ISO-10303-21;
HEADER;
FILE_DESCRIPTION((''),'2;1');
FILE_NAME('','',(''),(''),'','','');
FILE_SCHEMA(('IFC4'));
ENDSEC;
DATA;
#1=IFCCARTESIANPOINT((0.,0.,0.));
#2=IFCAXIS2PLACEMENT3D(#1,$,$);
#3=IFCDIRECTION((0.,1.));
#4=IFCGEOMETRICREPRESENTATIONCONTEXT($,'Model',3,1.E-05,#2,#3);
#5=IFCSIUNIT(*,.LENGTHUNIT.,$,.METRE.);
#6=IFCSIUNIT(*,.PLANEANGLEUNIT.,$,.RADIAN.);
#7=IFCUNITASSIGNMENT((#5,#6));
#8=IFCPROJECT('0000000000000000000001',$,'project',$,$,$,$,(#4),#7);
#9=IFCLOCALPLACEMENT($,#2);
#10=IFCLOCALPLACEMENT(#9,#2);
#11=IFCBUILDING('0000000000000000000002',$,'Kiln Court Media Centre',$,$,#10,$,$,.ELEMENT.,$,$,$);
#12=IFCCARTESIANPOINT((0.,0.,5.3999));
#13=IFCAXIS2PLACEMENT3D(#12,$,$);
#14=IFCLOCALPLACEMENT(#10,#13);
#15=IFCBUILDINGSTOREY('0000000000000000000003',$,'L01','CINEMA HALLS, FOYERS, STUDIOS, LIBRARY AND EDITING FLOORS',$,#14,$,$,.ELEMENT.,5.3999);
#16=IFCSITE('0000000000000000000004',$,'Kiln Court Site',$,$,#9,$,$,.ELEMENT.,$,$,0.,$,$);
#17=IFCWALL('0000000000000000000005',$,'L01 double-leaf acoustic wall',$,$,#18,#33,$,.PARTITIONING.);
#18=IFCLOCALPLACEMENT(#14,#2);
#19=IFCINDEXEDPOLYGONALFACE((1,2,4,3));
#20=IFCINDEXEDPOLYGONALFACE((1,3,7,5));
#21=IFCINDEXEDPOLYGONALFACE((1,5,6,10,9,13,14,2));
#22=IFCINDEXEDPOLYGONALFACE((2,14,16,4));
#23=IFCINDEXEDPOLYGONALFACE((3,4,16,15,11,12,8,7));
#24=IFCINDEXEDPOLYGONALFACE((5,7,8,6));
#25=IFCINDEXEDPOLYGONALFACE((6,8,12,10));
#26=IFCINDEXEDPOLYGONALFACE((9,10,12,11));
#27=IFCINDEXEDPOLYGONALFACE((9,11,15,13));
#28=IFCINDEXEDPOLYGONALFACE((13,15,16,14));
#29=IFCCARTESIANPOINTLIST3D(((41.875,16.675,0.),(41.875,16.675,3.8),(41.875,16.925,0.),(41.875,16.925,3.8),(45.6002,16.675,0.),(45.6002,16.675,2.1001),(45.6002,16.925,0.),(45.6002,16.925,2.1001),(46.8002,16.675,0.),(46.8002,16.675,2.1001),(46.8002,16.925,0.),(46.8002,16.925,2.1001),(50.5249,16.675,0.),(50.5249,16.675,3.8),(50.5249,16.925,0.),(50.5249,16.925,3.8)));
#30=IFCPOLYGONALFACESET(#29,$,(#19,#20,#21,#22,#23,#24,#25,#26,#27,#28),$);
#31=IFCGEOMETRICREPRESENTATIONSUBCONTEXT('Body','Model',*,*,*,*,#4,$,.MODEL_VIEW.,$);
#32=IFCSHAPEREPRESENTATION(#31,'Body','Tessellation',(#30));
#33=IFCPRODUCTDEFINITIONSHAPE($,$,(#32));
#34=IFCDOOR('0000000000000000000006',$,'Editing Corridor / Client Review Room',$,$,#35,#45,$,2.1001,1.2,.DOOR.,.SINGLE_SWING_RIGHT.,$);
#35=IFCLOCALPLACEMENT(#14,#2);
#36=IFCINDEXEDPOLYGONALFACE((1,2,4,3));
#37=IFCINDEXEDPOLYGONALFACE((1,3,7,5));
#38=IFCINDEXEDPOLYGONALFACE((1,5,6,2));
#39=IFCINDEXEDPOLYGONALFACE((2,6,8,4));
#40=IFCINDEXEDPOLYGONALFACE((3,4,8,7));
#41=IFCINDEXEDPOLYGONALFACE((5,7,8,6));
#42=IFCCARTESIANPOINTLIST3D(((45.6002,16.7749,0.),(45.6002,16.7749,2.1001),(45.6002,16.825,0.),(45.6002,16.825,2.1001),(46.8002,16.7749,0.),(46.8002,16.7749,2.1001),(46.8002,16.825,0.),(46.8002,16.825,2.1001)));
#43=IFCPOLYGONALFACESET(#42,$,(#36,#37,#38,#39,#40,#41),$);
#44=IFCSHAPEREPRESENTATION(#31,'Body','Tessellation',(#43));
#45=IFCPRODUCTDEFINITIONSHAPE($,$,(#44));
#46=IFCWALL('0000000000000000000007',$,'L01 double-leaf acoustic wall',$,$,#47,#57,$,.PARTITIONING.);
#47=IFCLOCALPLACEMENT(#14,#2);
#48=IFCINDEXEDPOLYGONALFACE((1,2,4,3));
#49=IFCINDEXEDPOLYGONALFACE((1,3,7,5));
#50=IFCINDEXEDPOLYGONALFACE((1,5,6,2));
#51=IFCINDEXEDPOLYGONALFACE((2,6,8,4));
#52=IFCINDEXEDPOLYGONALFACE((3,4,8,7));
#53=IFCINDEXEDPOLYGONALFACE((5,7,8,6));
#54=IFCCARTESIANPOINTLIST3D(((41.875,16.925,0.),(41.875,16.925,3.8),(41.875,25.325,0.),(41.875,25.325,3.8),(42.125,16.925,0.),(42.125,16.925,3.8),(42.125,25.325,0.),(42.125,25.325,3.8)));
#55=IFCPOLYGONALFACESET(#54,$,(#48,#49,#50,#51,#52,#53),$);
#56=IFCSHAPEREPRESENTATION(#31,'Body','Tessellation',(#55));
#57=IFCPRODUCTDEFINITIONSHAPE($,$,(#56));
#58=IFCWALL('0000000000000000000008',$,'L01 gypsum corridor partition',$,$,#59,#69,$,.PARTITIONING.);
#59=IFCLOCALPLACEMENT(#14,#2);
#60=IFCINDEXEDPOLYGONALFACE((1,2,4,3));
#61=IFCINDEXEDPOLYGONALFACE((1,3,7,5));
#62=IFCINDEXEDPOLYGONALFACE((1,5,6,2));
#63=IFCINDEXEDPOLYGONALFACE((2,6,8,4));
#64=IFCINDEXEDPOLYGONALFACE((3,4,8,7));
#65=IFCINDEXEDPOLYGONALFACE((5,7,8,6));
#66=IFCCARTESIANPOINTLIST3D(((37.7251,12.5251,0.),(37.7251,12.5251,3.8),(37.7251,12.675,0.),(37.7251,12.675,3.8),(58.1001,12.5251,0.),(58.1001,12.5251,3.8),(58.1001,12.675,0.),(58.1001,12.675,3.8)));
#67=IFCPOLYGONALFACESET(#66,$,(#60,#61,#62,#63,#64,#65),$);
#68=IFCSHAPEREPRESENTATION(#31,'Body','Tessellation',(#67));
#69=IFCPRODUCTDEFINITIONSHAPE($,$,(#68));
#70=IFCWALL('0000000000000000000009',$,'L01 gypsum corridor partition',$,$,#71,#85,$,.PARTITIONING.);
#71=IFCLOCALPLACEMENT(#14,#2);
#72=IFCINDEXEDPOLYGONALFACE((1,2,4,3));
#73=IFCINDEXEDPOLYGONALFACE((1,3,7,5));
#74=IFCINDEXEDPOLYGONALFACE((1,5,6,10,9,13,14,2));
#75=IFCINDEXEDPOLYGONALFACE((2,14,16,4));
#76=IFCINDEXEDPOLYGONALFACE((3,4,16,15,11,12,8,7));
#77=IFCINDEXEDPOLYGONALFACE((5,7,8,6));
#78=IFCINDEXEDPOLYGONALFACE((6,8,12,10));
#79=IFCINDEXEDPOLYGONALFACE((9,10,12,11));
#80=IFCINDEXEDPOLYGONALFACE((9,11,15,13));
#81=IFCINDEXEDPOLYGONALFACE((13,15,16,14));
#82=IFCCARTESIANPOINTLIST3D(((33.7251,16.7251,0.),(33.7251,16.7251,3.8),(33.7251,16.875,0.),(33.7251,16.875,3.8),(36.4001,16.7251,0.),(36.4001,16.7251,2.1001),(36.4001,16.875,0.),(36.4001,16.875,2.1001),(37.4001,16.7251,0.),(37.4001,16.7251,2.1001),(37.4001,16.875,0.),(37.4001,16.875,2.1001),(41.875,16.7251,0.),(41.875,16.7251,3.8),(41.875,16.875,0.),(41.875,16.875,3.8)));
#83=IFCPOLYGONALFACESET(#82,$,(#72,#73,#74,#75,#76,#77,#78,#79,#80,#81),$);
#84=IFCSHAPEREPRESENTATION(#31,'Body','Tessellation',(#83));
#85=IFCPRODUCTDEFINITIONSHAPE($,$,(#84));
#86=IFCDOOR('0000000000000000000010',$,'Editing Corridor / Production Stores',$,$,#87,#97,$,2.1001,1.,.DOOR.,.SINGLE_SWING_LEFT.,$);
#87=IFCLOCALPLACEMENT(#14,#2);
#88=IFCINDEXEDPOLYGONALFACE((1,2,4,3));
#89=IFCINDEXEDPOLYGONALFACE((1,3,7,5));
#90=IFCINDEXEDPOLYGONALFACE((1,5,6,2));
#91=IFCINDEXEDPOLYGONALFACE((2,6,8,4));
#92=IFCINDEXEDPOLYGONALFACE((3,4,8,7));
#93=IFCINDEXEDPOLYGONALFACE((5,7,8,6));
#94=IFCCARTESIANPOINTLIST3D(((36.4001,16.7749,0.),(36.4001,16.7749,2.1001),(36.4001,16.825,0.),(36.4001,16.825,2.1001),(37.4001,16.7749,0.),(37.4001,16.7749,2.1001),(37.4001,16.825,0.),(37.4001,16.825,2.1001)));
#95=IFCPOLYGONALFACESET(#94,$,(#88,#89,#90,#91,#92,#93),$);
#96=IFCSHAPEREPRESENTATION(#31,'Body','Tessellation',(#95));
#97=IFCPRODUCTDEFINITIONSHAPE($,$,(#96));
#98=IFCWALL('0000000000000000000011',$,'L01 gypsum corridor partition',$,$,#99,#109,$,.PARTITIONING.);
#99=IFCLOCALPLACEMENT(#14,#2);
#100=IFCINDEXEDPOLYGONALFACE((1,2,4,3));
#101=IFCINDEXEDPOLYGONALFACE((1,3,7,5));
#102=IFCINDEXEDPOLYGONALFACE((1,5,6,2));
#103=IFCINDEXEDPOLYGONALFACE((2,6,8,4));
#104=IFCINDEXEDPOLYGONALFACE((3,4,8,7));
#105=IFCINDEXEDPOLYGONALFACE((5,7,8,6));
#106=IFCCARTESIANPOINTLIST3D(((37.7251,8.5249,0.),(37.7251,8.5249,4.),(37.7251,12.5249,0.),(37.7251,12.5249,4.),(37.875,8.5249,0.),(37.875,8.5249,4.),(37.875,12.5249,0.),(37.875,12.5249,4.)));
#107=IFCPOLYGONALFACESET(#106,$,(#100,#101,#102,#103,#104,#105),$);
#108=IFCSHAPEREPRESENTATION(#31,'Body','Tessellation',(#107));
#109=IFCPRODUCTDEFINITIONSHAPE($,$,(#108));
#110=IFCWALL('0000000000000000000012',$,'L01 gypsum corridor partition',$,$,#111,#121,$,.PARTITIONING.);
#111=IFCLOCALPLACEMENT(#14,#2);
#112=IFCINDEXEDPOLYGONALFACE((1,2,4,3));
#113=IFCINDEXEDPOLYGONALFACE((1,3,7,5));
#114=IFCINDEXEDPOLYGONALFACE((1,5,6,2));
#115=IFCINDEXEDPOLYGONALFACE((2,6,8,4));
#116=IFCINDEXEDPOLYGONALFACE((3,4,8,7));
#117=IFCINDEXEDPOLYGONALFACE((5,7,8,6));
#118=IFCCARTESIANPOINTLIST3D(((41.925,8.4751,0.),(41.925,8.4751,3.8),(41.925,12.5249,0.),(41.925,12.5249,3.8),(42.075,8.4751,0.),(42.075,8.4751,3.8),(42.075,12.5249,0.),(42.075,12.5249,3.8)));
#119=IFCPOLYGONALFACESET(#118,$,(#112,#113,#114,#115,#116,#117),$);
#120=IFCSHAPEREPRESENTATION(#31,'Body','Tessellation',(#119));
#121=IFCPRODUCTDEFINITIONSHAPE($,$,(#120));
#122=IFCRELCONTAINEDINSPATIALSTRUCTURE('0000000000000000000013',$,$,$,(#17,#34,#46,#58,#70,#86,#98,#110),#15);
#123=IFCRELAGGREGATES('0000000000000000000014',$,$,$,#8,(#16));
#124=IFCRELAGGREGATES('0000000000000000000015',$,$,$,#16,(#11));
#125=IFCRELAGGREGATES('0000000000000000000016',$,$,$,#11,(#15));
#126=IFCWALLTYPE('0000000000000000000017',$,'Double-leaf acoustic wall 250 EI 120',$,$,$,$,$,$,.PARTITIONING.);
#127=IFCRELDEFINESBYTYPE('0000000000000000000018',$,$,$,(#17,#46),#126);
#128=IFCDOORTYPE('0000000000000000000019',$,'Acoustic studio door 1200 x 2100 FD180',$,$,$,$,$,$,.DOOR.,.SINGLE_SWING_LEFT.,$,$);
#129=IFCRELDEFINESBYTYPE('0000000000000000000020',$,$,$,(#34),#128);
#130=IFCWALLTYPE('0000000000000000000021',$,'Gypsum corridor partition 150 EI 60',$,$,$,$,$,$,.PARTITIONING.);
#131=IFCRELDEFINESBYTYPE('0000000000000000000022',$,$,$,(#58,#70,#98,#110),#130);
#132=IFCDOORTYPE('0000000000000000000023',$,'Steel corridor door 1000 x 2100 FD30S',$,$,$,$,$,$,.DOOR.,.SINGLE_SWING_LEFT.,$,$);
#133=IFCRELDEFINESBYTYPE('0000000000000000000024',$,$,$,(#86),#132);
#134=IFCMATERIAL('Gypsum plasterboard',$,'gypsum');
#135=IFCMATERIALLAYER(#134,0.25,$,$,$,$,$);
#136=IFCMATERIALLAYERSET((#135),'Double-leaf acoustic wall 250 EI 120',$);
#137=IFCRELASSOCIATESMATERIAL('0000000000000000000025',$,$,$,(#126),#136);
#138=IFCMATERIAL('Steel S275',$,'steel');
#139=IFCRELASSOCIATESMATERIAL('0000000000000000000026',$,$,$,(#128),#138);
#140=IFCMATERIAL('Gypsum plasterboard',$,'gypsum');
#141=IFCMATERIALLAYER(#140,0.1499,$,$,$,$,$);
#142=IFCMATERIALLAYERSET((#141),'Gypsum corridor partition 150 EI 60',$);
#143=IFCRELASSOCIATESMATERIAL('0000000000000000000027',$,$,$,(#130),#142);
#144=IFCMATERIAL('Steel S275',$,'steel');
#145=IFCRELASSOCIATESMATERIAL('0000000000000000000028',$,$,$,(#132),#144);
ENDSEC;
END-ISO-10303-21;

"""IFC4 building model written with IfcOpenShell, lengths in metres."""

from ifc_helpers import new_model, si_unit, direction, frame, frame_2d, origin, place, context, subcontext, project, spatial, rectangle, extrude, material, layer, layer_set, type_object, element, fill, save


model = new_model("IFC4")

# Units and contexts
model_context = context("Model", 3, precision=1e-05, world=origin(), true_north=direction((0.0, 1.0)))
body_context = subcontext(model_context, "Body", "Model", "MODEL_VIEW")
ifc_project = project(units=[si_unit("LENGTHUNIT", "METRE"), si_unit("PLANEANGLEUNIT", "RADIAN")], contexts=[model_context])

# Site, building, storey
site_placement = place(None, origin())
site = spatial("IfcSite", under=ifc_project, at=site_placement, Name="Kiln Court Site", CompositionType="ELEMENT", RefElevation=0.0)
building_placement = place(site_placement, origin())
building = spatial("IfcBuilding", under=site, at=building_placement, Name="Kiln Court Media Centre", CompositionType="ELEMENT")
storey_placement = place(building_placement, frame((0.0, 0.0, 5.3999)))
storey = spatial("IfcBuildingStorey", under=building, at=storey_placement, Name="L01", Description="CINEMA HALLS, FOYERS, STUDIOS, LIBRARY AND EDITING FLOORS", CompositionType="ELEMENT", Elevation=5.3999)

# Wall, opening, door
ifc_material_1 = material(Name="Gypsum plasterboard", Category="gypsum")
ifc_layer_1 = layer(ifc_material_1, 0.25)
ifc_layer_set_1 = layer_set([ifc_layer_1], Name="Double-leaf acoustic wall 250 EI 120")
wall_type_1 = type_object("IfcWallType", Name="Double-leaf acoustic wall 250 EI 120", PredefinedType="PARTITIONING", material=ifc_layer_set_1)
wall_1_placement = place(storey_placement, frame((41.875, 16.8, 0.0), z_axis=(0.0, 0.0, 1.0), x_axis=(1.0, 0.0, 0.0)))
wall_1 = element("IfcWall", 1, at=wall_1_placement, inside=storey, type_object=wall_type_1, Name="L01 double-leaf acoustic wall", PredefinedType="PARTITIONING", context=body_context, shape_type="SweptSolid", body=[
    extrude(rectangle(XDim=8.6499, YDim=0.25, at=frame_2d((4.325, 0.0))), origin(), (0.0, 0.0, 1.0), 3.8),
])
opening_1_placement = place(wall_1_placement, frame((3.7251, 0.0, 0.0)))
opening_1 = element("IfcOpeningElement", 2, at=opening_1_placement, cuts=wall_1, PredefinedType="OPENING", context=body_context, shape_type="SweptSolid", body=[
    extrude(rectangle(XDim=1.2, YDim=2.1001, at=frame_2d((0.6001, 1.05))), frame((0.0, 0.135, 0.0), z_axis=(0.0, -1.0, 0.0), x_axis=(1.0, 0.0, 0.0)), (0.0, 0.0, 1.0), 0.27),
])
ifc_material_2 = material(Name="Steel S275", Category="steel")
door_type_1 = type_object("IfcDoorType", Name="Acoustic studio door 1200 x 2100 FD180", OperationType="SINGLE_SWING_LEFT", PredefinedType="DOOR", material=ifc_material_2)
door_1_placement = place(opening_1_placement, origin())
door_1 = element("IfcDoor", 3, at=door_1_placement, inside=storey, type_object=door_type_1, Name="Editing Corridor / Client Review Room", OperationType="SINGLE_SWING_RIGHT", OverallHeight=2.1001, OverallWidth=1.2, PredefinedType="DOOR", context=body_context, shape_type="SweptSolid", body=[
    extrude(rectangle(XDim=1.2, YDim=2.1001, at=frame_2d((0.6001, 1.05))), frame((0.0, 0.0249, 0.0), z_axis=(0.0, -1.0, 0.0), x_axis=(1.0, 0.0, 0.0)), (0.0, 0.0, 1.0), 0.05),
])
fill(opening_1, door_1)

# Walls
wall_2_placement = place(storey_placement, frame((42.0, 16.925, 0.0), z_axis=(0.0, 0.0, 1.0), x_axis=(0.0, 1.0, 0.0)))
element("IfcWall", 4, at=wall_2_placement, inside=storey, type_object=wall_type_1, Name="L01 double-leaf acoustic wall", PredefinedType="PARTITIONING", context=body_context, shape_type="SweptSolid", body=[
    extrude(rectangle(XDim=8.3999, YDim=0.25, at=frame_2d((4.2, 0.0))), origin(), (0.0, 0.0, 1.0), 3.8),
])
ifc_material_3 = material(Name="Gypsum plasterboard", Category="gypsum")
ifc_layer_2 = layer(ifc_material_3, 0.1499)
ifc_layer_set_2 = layer_set([ifc_layer_2], Name="Gypsum corridor partition 150 EI 60")
wall_type_2 = type_object("IfcWallType", Name="Gypsum corridor partition 150 EI 60", PredefinedType="PARTITIONING", material=ifc_layer_set_2)
wall_3_placement = place(storey_placement, frame((37.7251, 12.6001, 0.0), z_axis=(0.0, 0.0, 1.0), x_axis=(1.0, 0.0, 0.0)))
element("IfcWall", 5, at=wall_3_placement, inside=storey, type_object=wall_type_2, Name="L01 gypsum corridor partition", PredefinedType="PARTITIONING", context=body_context, shape_type="SweptSolid", body=[
    extrude(rectangle(XDim=20.375, YDim=0.1499, at=frame_2d((10.1875, 0.0))), origin(), (0.0, 0.0, 1.0), 3.8),
])

# Wall, opening, door
wall_4_placement = place(storey_placement, frame((33.7251, 16.8, 0.0), z_axis=(0.0, 0.0, 1.0), x_axis=(1.0, 0.0, 0.0)))
wall_4 = element("IfcWall", 6, at=wall_4_placement, inside=storey, type_object=wall_type_2, Name="L01 gypsum corridor partition", PredefinedType="PARTITIONING", context=body_context, shape_type="SweptSolid", body=[
    extrude(rectangle(XDim=8.1499, YDim=0.1499, at=frame_2d((4.075, 0.0))), origin(), (0.0, 0.0, 1.0), 3.8),
])
opening_2_placement = place(wall_4_placement, frame((2.675, 0.0, 0.0)))
opening_2 = element("IfcOpeningElement", 7, at=opening_2_placement, cuts=wall_4, PredefinedType="OPENING", context=body_context, shape_type="SweptSolid", body=[
    extrude(rectangle(XDim=1.0, YDim=2.1001, at=frame_2d((0.5, 1.05))), frame((0.0, 0.085, 0.0), z_axis=(0.0, -1.0, 0.0), x_axis=(1.0, 0.0, 0.0)), (0.0, 0.0, 1.0), 0.1699),
])
ifc_material_4 = material(Name="Steel S275", Category="steel")
door_type_2 = type_object("IfcDoorType", Name="Steel corridor door 1000 x 2100 FD30S", OperationType="SINGLE_SWING_LEFT", PredefinedType="DOOR", material=ifc_material_4)
door_2_placement = place(opening_2_placement, origin())
door_2 = element("IfcDoor", 8, at=door_2_placement, inside=storey, type_object=door_type_2, Name="Editing Corridor / Production Stores", OperationType="SINGLE_SWING_LEFT", OverallHeight=2.1001, OverallWidth=1.0, PredefinedType="DOOR", context=body_context, shape_type="SweptSolid", body=[
    extrude(rectangle(XDim=1.0, YDim=2.1001, at=frame_2d((0.5, 1.05))), frame((0.0, 0.0249, 0.0), z_axis=(0.0, -1.0, 0.0), x_axis=(1.0, 0.0, 0.0)), (0.0, 0.0, 1.0), 0.05),
])
fill(opening_2, door_2)

# Walls
wall_5_placement = place(storey_placement, frame((37.8, 8.5249, 0.0), z_axis=(0.0, 0.0, 1.0), x_axis=(0.0, 1.0, 0.0)))
element("IfcWall", 9, at=wall_5_placement, inside=storey, type_object=wall_type_2, Name="L01 gypsum corridor partition", PredefinedType="PARTITIONING", context=body_context, shape_type="SweptSolid", body=[
    extrude(rectangle(XDim=4.0, YDim=0.1499, at=frame_2d((2.0, 0.0))), origin(), (0.0, 0.0, 1.0), 4.0),
])
wall_6_placement = place(storey_placement, frame((42.0, 8.4751, 0.0), z_axis=(0.0, 0.0, 1.0), x_axis=(0.0, 1.0, 0.0)))
element("IfcWall", 10, at=wall_6_placement, inside=storey, type_object=wall_type_2, Name="L01 gypsum corridor partition", PredefinedType="PARTITIONING", context=body_context, shape_type="SweptSolid", body=[
    extrude(rectangle(XDim=4.0498, YDim=0.1499, at=frame_2d((2.0249, 0.0))), origin(), (0.0, 0.0, 1.0), 3.8),
])

save(model, "model.ifc")
